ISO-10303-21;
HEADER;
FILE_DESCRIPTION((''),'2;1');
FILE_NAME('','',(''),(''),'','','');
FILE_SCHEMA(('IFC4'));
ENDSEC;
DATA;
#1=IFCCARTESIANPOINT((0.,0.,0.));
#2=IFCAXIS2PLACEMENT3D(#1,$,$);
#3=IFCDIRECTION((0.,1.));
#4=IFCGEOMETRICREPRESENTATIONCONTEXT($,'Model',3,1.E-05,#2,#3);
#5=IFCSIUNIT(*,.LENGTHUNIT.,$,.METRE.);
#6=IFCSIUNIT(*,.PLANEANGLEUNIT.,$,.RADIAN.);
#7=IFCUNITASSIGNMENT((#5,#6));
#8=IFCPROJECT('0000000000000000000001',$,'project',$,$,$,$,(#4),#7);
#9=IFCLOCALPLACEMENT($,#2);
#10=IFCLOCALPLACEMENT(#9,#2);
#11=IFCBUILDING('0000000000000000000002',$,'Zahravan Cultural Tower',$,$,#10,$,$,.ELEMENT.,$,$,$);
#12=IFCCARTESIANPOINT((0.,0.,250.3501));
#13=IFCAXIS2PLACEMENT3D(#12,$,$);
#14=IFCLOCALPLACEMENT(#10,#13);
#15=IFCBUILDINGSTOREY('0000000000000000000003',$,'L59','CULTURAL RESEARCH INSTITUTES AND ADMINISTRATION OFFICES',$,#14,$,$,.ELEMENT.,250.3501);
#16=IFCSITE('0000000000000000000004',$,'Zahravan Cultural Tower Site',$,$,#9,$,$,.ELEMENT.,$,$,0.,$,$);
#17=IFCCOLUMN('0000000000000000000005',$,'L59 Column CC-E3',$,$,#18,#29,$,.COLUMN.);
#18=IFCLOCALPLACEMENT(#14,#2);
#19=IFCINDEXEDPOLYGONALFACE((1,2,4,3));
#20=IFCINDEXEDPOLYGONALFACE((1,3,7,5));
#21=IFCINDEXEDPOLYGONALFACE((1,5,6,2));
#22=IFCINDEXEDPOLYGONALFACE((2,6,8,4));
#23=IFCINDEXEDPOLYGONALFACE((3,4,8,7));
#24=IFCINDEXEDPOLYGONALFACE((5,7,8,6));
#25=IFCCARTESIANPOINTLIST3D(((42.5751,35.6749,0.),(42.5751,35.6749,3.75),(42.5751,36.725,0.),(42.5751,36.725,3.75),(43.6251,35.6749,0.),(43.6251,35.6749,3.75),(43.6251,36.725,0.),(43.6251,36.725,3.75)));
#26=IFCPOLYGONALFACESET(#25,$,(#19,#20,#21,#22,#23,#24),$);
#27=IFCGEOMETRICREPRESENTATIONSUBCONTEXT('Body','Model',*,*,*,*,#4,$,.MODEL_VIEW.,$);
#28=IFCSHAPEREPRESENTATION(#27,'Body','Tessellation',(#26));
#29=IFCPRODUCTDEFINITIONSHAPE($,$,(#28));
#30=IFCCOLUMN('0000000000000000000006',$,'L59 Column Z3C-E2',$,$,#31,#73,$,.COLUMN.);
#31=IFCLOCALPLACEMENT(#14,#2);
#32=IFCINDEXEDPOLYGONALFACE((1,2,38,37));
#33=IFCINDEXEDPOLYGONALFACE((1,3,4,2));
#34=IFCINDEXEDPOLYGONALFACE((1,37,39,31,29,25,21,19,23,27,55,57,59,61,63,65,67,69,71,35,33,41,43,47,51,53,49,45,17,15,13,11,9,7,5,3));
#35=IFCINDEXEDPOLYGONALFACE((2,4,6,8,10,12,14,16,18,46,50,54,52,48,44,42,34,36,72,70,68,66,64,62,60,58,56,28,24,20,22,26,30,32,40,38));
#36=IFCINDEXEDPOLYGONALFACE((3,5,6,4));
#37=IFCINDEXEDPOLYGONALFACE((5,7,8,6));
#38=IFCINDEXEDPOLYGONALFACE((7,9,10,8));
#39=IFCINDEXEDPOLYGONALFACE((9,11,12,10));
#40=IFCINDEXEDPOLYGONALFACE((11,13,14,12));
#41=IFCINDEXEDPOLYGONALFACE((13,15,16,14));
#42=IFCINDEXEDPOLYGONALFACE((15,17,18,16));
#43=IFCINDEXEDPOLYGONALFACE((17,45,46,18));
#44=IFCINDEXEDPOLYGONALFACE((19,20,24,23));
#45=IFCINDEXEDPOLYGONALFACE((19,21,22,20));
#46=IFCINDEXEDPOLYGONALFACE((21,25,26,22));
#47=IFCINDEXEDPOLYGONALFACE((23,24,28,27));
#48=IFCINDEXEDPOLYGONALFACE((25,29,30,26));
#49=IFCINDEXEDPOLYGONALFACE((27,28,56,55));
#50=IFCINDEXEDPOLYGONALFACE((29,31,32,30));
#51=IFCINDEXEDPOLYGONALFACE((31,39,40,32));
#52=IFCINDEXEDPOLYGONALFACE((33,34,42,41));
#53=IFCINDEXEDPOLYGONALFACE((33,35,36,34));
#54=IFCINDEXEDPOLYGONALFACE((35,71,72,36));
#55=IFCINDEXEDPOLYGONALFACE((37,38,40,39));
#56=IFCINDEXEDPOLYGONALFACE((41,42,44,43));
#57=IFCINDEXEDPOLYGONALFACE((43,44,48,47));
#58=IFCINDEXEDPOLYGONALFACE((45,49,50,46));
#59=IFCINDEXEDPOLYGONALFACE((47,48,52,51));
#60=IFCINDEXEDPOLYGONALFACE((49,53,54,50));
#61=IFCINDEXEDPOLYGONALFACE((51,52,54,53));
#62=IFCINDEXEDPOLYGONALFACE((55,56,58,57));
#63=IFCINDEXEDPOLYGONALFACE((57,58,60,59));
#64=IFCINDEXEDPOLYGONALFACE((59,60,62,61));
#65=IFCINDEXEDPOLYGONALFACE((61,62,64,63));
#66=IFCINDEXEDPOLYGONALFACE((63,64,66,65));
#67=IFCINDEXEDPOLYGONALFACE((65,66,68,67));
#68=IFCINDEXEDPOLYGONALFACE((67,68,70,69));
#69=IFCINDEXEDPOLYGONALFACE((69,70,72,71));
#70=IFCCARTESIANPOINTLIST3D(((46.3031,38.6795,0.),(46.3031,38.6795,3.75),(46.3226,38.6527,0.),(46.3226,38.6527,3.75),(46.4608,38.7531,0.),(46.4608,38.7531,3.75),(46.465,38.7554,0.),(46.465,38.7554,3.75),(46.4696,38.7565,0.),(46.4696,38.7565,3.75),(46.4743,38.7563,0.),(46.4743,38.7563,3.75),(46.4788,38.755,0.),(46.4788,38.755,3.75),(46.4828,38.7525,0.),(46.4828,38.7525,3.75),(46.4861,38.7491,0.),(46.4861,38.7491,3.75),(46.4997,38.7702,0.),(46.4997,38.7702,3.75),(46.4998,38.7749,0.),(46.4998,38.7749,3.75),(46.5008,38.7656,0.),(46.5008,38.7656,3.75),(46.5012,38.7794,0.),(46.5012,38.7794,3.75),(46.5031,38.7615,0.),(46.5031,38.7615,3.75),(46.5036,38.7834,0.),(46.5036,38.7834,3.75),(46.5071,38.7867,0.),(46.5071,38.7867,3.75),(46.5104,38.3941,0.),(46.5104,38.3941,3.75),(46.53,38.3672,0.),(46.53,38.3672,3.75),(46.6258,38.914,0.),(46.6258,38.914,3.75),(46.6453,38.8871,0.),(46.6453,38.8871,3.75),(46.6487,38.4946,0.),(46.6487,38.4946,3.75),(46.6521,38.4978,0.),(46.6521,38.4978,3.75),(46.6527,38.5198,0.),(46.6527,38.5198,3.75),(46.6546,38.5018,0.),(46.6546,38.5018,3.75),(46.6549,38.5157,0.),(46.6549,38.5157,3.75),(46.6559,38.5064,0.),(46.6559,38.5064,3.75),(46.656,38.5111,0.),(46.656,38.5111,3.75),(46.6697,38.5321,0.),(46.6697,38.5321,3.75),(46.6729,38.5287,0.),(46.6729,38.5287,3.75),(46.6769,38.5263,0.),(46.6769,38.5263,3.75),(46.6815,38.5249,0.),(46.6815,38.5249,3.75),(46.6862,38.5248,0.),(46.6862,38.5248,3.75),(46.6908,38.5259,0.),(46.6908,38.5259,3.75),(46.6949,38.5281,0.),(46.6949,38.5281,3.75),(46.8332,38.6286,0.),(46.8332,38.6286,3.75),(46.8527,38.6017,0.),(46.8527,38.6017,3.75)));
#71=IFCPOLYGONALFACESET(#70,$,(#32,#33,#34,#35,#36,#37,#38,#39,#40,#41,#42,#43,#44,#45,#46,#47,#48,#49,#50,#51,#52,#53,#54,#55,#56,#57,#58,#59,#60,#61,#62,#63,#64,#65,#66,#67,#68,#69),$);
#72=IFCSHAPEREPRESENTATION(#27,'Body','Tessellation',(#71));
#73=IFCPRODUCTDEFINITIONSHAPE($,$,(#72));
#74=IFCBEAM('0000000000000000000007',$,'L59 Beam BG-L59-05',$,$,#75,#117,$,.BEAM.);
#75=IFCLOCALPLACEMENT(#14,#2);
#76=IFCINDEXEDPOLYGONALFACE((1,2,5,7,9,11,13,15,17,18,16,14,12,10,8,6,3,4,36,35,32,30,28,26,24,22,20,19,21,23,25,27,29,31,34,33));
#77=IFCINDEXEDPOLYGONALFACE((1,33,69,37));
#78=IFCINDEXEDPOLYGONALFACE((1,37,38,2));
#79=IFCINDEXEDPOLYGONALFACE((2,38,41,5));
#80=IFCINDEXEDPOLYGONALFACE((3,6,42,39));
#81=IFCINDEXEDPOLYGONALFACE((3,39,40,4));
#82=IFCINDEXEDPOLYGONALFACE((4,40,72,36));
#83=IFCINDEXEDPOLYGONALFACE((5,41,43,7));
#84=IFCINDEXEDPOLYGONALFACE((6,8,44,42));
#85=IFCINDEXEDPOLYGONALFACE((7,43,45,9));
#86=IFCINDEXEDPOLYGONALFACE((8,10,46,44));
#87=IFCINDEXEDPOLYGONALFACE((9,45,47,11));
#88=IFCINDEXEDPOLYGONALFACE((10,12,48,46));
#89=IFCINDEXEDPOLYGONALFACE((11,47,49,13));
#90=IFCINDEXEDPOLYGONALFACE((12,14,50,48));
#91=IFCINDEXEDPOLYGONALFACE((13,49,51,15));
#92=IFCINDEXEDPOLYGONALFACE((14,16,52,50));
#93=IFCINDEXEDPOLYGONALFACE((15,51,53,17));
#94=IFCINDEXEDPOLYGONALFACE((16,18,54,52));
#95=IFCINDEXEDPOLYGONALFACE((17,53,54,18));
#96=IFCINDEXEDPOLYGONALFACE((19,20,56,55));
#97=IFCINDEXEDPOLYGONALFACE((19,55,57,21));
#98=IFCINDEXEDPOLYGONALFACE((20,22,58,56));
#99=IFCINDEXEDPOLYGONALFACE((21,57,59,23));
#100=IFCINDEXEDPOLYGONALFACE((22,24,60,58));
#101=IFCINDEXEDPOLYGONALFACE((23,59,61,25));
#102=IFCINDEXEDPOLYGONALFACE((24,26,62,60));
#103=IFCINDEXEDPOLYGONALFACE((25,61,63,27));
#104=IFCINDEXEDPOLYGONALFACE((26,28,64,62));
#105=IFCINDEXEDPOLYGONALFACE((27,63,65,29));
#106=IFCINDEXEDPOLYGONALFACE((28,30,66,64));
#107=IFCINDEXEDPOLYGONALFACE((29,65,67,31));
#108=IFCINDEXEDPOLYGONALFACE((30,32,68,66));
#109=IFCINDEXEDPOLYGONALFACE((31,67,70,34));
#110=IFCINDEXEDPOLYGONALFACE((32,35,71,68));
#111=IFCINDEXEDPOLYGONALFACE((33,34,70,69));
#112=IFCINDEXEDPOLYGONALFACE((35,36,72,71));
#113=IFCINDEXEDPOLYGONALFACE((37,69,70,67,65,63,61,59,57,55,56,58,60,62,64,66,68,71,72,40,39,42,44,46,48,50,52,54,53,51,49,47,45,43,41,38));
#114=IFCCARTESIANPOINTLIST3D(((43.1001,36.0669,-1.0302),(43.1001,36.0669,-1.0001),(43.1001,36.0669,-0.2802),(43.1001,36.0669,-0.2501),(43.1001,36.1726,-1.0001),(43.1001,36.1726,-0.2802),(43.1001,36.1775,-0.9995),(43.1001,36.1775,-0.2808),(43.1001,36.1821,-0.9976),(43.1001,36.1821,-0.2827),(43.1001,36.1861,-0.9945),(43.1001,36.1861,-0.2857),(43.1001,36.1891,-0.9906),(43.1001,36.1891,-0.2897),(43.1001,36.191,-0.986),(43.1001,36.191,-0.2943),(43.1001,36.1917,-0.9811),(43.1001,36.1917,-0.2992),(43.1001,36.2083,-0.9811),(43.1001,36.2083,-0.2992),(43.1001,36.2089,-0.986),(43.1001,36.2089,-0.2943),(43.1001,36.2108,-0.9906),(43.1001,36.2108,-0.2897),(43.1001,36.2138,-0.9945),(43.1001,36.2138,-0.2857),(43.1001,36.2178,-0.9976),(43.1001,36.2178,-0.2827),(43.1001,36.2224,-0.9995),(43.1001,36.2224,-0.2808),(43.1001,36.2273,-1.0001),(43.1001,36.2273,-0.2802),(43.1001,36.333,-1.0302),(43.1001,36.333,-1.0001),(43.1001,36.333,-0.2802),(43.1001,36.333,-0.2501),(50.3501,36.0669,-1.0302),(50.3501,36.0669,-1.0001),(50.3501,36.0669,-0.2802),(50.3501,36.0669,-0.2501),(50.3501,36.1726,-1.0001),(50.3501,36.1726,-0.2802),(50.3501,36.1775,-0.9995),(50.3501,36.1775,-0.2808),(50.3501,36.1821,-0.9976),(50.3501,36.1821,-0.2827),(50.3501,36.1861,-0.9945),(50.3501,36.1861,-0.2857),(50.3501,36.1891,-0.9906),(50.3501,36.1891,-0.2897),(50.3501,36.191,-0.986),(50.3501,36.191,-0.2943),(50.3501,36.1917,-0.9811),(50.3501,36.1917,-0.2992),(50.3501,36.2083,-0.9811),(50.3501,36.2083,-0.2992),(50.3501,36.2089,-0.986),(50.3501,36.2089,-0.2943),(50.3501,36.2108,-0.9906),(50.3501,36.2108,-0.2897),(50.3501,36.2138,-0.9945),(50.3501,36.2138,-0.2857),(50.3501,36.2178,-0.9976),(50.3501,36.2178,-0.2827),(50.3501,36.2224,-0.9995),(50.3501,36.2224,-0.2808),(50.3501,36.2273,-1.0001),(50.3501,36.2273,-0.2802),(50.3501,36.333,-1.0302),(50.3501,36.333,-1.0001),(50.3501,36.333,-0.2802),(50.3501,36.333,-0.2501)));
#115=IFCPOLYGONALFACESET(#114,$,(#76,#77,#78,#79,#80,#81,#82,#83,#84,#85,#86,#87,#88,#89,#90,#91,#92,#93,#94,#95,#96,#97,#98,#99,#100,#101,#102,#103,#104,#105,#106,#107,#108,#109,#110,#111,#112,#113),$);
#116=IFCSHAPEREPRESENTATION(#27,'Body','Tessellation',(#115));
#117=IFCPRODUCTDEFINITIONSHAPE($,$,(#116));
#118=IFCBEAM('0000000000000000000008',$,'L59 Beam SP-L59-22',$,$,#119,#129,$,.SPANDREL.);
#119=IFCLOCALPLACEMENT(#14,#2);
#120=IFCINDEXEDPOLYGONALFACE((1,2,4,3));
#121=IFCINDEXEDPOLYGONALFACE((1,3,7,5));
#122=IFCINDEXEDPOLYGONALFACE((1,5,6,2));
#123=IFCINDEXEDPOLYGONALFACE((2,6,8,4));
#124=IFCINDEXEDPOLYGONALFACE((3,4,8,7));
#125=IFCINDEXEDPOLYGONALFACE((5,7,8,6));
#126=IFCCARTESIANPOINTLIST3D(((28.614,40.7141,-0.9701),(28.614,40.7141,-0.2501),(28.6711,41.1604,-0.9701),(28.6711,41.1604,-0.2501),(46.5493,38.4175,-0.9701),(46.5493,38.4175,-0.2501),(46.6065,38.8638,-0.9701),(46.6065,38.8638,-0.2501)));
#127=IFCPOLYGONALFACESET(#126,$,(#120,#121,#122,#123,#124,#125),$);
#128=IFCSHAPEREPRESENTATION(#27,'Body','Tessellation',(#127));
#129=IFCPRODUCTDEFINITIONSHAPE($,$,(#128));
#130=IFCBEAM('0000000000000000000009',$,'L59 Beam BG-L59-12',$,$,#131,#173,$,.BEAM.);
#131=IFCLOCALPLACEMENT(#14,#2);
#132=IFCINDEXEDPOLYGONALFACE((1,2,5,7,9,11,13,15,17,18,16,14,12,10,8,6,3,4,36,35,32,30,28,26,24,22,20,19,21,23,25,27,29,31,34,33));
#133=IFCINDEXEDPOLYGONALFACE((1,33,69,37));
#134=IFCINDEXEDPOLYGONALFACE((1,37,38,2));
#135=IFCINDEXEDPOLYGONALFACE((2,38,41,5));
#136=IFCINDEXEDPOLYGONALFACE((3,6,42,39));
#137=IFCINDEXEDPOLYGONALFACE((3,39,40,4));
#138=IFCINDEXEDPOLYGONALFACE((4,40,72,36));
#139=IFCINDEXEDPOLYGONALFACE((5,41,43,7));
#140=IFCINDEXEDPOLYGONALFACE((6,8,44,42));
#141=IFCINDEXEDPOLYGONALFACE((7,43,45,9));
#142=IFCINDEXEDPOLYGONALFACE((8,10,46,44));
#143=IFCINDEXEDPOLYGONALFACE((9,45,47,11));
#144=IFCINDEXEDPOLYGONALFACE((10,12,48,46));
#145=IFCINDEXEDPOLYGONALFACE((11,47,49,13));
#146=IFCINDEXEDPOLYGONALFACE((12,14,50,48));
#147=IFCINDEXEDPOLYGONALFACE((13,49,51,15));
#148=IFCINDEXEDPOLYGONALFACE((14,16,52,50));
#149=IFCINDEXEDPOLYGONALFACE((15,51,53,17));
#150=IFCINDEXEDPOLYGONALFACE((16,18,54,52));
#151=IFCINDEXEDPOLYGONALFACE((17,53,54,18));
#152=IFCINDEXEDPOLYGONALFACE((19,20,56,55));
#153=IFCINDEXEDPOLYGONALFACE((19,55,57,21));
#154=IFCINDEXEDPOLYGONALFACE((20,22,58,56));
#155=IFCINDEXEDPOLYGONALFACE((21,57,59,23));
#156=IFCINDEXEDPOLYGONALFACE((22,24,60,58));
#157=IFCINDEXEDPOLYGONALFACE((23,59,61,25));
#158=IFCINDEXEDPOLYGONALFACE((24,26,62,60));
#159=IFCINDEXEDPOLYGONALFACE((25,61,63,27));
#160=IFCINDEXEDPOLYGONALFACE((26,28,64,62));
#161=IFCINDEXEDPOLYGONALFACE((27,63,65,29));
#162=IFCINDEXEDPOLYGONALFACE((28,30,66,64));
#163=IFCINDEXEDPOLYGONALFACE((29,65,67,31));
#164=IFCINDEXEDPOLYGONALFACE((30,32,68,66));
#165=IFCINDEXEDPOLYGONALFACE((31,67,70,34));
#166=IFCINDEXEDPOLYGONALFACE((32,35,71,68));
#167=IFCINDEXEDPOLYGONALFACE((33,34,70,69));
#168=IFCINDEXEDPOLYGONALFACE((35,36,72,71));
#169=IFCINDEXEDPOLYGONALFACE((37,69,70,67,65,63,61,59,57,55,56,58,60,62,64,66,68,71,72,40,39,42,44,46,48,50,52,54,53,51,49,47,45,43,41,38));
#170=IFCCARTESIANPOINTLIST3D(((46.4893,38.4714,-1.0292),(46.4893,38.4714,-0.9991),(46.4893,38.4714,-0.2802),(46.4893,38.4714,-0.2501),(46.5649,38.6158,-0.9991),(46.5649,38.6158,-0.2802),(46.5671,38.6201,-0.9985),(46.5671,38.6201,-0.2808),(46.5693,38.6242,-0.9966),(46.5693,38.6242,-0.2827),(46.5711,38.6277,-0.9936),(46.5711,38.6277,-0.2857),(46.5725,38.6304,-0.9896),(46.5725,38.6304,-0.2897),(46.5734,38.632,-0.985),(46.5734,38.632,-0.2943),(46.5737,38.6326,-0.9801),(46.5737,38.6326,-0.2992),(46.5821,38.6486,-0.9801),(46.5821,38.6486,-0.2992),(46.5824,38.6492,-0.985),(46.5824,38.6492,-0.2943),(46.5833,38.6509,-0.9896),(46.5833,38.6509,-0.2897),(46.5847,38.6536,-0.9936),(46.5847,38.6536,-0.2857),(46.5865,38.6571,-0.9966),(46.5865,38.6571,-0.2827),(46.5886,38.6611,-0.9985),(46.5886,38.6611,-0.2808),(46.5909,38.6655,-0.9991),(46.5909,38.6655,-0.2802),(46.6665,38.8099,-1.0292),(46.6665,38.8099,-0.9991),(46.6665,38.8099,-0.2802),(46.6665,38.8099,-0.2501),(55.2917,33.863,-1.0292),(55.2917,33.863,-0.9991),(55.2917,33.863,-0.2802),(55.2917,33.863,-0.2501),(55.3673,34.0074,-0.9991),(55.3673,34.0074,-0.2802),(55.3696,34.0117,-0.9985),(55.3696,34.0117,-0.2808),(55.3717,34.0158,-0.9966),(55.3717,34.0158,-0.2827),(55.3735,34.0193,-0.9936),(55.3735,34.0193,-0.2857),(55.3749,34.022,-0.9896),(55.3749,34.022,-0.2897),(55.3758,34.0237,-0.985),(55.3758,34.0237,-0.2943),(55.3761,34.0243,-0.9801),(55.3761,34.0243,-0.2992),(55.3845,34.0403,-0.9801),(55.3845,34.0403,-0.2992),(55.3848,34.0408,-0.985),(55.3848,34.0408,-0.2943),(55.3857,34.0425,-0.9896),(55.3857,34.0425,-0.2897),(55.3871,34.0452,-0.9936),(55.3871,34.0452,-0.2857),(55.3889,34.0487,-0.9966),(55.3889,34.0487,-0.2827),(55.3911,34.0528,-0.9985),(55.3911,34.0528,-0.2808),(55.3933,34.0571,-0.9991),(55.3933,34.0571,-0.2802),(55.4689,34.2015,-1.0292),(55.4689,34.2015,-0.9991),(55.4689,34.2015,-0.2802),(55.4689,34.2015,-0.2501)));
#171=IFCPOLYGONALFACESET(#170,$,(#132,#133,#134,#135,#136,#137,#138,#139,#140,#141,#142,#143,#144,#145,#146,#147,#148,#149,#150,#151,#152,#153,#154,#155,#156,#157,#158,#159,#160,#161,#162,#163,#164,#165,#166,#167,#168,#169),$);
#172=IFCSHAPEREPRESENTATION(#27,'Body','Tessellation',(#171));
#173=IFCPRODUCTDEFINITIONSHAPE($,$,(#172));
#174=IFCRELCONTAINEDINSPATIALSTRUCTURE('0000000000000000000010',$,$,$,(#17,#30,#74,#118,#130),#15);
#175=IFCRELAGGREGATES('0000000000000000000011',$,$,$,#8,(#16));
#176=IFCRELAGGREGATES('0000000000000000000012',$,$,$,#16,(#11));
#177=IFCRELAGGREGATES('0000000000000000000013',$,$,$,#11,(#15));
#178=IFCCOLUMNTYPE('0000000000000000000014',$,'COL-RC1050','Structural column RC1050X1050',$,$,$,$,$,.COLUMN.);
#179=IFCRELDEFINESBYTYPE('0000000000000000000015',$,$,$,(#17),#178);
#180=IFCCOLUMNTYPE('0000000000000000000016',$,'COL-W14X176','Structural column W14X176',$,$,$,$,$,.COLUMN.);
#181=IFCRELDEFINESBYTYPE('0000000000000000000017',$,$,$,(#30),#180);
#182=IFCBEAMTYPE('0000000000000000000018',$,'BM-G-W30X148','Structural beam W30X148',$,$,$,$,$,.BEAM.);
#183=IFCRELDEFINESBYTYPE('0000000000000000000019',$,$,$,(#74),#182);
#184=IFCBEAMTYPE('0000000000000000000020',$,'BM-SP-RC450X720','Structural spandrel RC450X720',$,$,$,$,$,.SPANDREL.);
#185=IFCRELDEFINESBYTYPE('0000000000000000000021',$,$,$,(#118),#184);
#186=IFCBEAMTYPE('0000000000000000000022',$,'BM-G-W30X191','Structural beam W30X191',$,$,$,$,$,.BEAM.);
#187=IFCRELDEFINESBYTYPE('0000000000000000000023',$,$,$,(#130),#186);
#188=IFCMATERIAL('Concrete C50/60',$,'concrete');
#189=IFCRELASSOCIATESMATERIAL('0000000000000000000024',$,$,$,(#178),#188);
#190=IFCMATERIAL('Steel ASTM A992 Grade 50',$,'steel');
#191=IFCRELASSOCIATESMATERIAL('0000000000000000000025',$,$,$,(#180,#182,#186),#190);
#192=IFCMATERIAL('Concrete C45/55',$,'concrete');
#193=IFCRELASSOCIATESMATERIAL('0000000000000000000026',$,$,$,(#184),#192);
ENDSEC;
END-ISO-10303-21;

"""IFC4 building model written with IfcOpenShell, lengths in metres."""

from ifc_helpers import new_model, si_unit, direction, frame, origin, origin_2d, place, context, subcontext, project, spatial, rectangle, i_section, extrude, source, transform, mapped, material, material_profile, profile_set, type_object, element, save


model = new_model("IFC4")

# Units and contexts
model_context = context("Model", 3, precision=1e-05, world=origin(), true_north=direction((0.0, 1.0)))
body_context = subcontext(model_context, "Body", "Model", "MODEL_VIEW")
ifc_project = project(units=[si_unit("LENGTHUNIT", "METRE"), si_unit("PLANEANGLEUNIT", "RADIAN")], contexts=[model_context])

# Site, building, storey
site_placement = place(None, origin())
site = spatial("IfcSite", under=ifc_project, at=site_placement, Name="Zahravan Cultural Tower Site", CompositionType="ELEMENT", RefElevation=0.0)
building_placement = place(site_placement, origin())
building = spatial("IfcBuilding", under=site, at=building_placement, Name="Zahravan Cultural Tower", CompositionType="ELEMENT")
storey_placement = place(building_placement, frame((0.0, 0.0, 250.3501)))
storey = spatial("IfcBuildingStorey", under=building, at=storey_placement, Name="L59", Description="CULTURAL RESEARCH INSTITUTES AND ADMINISTRATION OFFICES", CompositionType="ELEMENT", Elevation=250.3501)

# Columns
ifc_material_1 = material(Name="Concrete C50/60", Category="concrete")
ifc_material_profile_1 = material_profile(ifc_material_1, rectangle(XDim=1.05, YDim=1.05, at=origin_2d()), Name="RC1050X1050")
ifc_profile_set_1 = profile_set([ifc_material_profile_1], Name="Concrete C50/60")
column_type_1 = type_object("IfcColumnType", Name="COL-RC1050", Description="Structural column RC1050X1050", PredefinedType="COLUMN", material=ifc_profile_set_1)
shared_shape_1 = source(origin(), body_context, "Body", "SweptSolid", [
    extrude(rectangle(XDim=1.05, YDim=1.05, at=origin_2d()), origin(), (0.0, 0.0, 1.0), 3.75),
])
column_1_placement = place(storey_placement, frame((43.1001, 36.2, 0.0), z_axis=(0.0, 0.0, 1.0), x_axis=(1.0, 0.0, 0.0)))
element("IfcColumn", 1, at=column_1_placement, inside=storey, type_object=column_type_1, Name="L59 Column CC-E3", PredefinedType="COLUMN", context=body_context, shape_type="MappedRepresentation", body=[
    mapped(shared_shape_1, transform((0.0, 0.0, 0.0), x_axis=(1.0, 0.0, 0.0), y_axis=(0.0, 1.0, 0.0), z_axis=(0.0, 0.0, 1.0), scale=1.0)),
])
ifc_material_2 = material(Name="Steel ASTM A992 Grade 50", Category="steel")
ifc_material_profile_2 = material_profile(ifc_material_2, i_section(OverallWidth=0.3989, OverallDepth=0.386, WebThickness=0.021, FlangeThickness=0.0332, FilletRadius=0.0181, at=origin_2d()), Name="W14X176")
ifc_profile_set_2 = profile_set([ifc_material_profile_2], Name="Steel ASTM A992 Grade 50")
column_type_2 = type_object("IfcColumnType", Name="COL-W14X176", Description="Structural column W14X176", PredefinedType="COLUMN", material=ifc_profile_set_2)
shared_shape_2 = source(origin(), body_context, "Body", "SweptSolid", [
    extrude(i_section(OverallWidth=0.3989, OverallDepth=0.386, WebThickness=0.021, FlangeThickness=0.0332, FilletRadius=0.0181, at=origin_2d()), origin(), (0.0, 0.0, 1.0), 3.75),
])
column_2_placement = place(storey_placement, frame((46.5779, 38.6406, 0.0), z_axis=(0.0, 0.0, 1.0), x_axis=(0.809017, 0.587785, 0.0)))
element("IfcColumn", 2, at=column_2_placement, inside=storey, type_object=column_type_2, Name="L59 Column Z3C-E2", PredefinedType="COLUMN", context=body_context, shape_type="MappedRepresentation", body=[
    mapped(shared_shape_2, transform((0.0, 0.0, 0.0), x_axis=(1.0, 0.0, 0.0), y_axis=(0.0, 1.0, 0.0), z_axis=(0.0, 0.0, 1.0), scale=1.0)),
])

# Beams
ifc_material_profile_3 = material_profile(ifc_material_2, i_section(OverallWidth=0.2661, OverallDepth=0.78, WebThickness=0.0166, FlangeThickness=0.03, FilletRadius=0.019, at=origin_2d()), Name="W30X148")
ifc_profile_set_3 = profile_set([ifc_material_profile_3], Name="Steel ASTM A992 Grade 50")
beam_type_1 = type_object("IfcBeamType", Name="BM-G-W30X148", Description="Structural beam W30X148", PredefinedType="BEAM", material=ifc_profile_set_3)
shared_shape_3 = source(origin(), body_context, "Body", "SweptSolid", [
    extrude(i_section(OverallWidth=0.2661, OverallDepth=0.78, WebThickness=0.0166, FlangeThickness=0.03, FilletRadius=0.019, at=origin_2d()), origin(), (0.0, 0.0, 1.0), 7.25),
])
beam_1_placement = place(storey_placement, frame((43.1001, 36.2, -0.6401), z_axis=(1.0, 0.0, 0.0), x_axis=(0.0, 1.0, 0.0)))
element("IfcBeam", 3, at=beam_1_placement, inside=storey, type_object=beam_type_1, Name="L59 Beam BG-L59-05", PredefinedType="BEAM", context=body_context, shape_type="MappedRepresentation", body=[
    mapped(shared_shape_3, transform((0.0, 0.0, 0.0), x_axis=(1.0, 0.0, 0.0), y_axis=(0.0, 1.0, 0.0), z_axis=(0.0, 0.0, 1.0), scale=1.0)),
])
ifc_material_3 = material(Name="Concrete C45/55", Category="concrete")
ifc_material_profile_4 = material_profile(ifc_material_3, rectangle(XDim=0.45, YDim=0.72, at=origin_2d()), Name="RC450X720")
ifc_profile_set_4 = profile_set([ifc_material_profile_4], Name="Concrete C45/55")
beam_type_2 = type_object("IfcBeamType", Name="BM-SP-RC450X720", Description="Structural spandrel RC450X720", PredefinedType="SPANDREL", material=ifc_profile_set_4)
shared_shape_4 = source(origin(), body_context, "Body", "SweptSolid", [
    extrude(rectangle(XDim=0.45, YDim=0.72, at=origin_2d()), origin(), (0.0, 0.0, 1.0), 18.0818),
])
beam_2_placement = place(storey_placement, frame((46.5779, 38.6406, -0.6101), z_axis=(-0.991901, 0.127014, 0.0), x_axis=(-0.127014, -0.991901, 0.0)))
element("IfcBeam", 4, at=beam_2_placement, inside=storey, type_object=beam_type_2, Name="L59 Beam SP-L59-22", PredefinedType="SPANDREL", context=body_context, shape_type="MappedRepresentation", body=[
    mapped(shared_shape_4, transform((0.0, 0.0, 0.0), x_axis=(1.0, 0.0, 0.0), y_axis=(0.0, 1.0, 0.0), z_axis=(0.0, 0.0, 1.0), scale=1.0)),
])
ifc_material_profile_5 = material_profile(ifc_material_2, i_section(OverallWidth=0.3821, OverallDepth=0.7791, WebThickness=0.0181, FlangeThickness=0.03, FilletRadius=0.019, at=origin_2d()), Name="W30X191")
ifc_profile_set_5 = profile_set([ifc_material_profile_5], Name="Steel ASTM A992 Grade 50")
beam_type_3 = type_object("IfcBeamType", Name="BM-G-W30X191", Description="Structural beam W30X191", PredefinedType="BEAM", material=ifc_profile_set_5)
shared_shape_5 = source(origin(), body_context, "Body", "SweptSolid", [
    extrude(i_section(OverallWidth=0.3821, OverallDepth=0.7791, WebThickness=0.0181, FlangeThickness=0.03, FilletRadius=0.019, at=origin_2d()), origin(), (0.0, 0.0, 1.0), 9.9358),
])
beam_3_placement = place(storey_placement, frame((46.5779, 38.6406, -0.6396), z_axis=(0.885932, -0.463815, 0.0), x_axis=(0.463815, 0.885932, 0.0)))
element("IfcBeam", 5, at=beam_3_placement, inside=storey, type_object=beam_type_3, Name="L59 Beam BG-L59-12", PredefinedType="BEAM", context=body_context, shape_type="MappedRepresentation", body=[
    mapped(shared_shape_5, transform((0.0, 0.0, 0.0), x_axis=(1.0, 0.0, 0.0), y_axis=(0.0, 1.0, 0.0), z_axis=(0.0, 0.0, 1.0), scale=1.0)),
])

save(model, "model.ifc")
